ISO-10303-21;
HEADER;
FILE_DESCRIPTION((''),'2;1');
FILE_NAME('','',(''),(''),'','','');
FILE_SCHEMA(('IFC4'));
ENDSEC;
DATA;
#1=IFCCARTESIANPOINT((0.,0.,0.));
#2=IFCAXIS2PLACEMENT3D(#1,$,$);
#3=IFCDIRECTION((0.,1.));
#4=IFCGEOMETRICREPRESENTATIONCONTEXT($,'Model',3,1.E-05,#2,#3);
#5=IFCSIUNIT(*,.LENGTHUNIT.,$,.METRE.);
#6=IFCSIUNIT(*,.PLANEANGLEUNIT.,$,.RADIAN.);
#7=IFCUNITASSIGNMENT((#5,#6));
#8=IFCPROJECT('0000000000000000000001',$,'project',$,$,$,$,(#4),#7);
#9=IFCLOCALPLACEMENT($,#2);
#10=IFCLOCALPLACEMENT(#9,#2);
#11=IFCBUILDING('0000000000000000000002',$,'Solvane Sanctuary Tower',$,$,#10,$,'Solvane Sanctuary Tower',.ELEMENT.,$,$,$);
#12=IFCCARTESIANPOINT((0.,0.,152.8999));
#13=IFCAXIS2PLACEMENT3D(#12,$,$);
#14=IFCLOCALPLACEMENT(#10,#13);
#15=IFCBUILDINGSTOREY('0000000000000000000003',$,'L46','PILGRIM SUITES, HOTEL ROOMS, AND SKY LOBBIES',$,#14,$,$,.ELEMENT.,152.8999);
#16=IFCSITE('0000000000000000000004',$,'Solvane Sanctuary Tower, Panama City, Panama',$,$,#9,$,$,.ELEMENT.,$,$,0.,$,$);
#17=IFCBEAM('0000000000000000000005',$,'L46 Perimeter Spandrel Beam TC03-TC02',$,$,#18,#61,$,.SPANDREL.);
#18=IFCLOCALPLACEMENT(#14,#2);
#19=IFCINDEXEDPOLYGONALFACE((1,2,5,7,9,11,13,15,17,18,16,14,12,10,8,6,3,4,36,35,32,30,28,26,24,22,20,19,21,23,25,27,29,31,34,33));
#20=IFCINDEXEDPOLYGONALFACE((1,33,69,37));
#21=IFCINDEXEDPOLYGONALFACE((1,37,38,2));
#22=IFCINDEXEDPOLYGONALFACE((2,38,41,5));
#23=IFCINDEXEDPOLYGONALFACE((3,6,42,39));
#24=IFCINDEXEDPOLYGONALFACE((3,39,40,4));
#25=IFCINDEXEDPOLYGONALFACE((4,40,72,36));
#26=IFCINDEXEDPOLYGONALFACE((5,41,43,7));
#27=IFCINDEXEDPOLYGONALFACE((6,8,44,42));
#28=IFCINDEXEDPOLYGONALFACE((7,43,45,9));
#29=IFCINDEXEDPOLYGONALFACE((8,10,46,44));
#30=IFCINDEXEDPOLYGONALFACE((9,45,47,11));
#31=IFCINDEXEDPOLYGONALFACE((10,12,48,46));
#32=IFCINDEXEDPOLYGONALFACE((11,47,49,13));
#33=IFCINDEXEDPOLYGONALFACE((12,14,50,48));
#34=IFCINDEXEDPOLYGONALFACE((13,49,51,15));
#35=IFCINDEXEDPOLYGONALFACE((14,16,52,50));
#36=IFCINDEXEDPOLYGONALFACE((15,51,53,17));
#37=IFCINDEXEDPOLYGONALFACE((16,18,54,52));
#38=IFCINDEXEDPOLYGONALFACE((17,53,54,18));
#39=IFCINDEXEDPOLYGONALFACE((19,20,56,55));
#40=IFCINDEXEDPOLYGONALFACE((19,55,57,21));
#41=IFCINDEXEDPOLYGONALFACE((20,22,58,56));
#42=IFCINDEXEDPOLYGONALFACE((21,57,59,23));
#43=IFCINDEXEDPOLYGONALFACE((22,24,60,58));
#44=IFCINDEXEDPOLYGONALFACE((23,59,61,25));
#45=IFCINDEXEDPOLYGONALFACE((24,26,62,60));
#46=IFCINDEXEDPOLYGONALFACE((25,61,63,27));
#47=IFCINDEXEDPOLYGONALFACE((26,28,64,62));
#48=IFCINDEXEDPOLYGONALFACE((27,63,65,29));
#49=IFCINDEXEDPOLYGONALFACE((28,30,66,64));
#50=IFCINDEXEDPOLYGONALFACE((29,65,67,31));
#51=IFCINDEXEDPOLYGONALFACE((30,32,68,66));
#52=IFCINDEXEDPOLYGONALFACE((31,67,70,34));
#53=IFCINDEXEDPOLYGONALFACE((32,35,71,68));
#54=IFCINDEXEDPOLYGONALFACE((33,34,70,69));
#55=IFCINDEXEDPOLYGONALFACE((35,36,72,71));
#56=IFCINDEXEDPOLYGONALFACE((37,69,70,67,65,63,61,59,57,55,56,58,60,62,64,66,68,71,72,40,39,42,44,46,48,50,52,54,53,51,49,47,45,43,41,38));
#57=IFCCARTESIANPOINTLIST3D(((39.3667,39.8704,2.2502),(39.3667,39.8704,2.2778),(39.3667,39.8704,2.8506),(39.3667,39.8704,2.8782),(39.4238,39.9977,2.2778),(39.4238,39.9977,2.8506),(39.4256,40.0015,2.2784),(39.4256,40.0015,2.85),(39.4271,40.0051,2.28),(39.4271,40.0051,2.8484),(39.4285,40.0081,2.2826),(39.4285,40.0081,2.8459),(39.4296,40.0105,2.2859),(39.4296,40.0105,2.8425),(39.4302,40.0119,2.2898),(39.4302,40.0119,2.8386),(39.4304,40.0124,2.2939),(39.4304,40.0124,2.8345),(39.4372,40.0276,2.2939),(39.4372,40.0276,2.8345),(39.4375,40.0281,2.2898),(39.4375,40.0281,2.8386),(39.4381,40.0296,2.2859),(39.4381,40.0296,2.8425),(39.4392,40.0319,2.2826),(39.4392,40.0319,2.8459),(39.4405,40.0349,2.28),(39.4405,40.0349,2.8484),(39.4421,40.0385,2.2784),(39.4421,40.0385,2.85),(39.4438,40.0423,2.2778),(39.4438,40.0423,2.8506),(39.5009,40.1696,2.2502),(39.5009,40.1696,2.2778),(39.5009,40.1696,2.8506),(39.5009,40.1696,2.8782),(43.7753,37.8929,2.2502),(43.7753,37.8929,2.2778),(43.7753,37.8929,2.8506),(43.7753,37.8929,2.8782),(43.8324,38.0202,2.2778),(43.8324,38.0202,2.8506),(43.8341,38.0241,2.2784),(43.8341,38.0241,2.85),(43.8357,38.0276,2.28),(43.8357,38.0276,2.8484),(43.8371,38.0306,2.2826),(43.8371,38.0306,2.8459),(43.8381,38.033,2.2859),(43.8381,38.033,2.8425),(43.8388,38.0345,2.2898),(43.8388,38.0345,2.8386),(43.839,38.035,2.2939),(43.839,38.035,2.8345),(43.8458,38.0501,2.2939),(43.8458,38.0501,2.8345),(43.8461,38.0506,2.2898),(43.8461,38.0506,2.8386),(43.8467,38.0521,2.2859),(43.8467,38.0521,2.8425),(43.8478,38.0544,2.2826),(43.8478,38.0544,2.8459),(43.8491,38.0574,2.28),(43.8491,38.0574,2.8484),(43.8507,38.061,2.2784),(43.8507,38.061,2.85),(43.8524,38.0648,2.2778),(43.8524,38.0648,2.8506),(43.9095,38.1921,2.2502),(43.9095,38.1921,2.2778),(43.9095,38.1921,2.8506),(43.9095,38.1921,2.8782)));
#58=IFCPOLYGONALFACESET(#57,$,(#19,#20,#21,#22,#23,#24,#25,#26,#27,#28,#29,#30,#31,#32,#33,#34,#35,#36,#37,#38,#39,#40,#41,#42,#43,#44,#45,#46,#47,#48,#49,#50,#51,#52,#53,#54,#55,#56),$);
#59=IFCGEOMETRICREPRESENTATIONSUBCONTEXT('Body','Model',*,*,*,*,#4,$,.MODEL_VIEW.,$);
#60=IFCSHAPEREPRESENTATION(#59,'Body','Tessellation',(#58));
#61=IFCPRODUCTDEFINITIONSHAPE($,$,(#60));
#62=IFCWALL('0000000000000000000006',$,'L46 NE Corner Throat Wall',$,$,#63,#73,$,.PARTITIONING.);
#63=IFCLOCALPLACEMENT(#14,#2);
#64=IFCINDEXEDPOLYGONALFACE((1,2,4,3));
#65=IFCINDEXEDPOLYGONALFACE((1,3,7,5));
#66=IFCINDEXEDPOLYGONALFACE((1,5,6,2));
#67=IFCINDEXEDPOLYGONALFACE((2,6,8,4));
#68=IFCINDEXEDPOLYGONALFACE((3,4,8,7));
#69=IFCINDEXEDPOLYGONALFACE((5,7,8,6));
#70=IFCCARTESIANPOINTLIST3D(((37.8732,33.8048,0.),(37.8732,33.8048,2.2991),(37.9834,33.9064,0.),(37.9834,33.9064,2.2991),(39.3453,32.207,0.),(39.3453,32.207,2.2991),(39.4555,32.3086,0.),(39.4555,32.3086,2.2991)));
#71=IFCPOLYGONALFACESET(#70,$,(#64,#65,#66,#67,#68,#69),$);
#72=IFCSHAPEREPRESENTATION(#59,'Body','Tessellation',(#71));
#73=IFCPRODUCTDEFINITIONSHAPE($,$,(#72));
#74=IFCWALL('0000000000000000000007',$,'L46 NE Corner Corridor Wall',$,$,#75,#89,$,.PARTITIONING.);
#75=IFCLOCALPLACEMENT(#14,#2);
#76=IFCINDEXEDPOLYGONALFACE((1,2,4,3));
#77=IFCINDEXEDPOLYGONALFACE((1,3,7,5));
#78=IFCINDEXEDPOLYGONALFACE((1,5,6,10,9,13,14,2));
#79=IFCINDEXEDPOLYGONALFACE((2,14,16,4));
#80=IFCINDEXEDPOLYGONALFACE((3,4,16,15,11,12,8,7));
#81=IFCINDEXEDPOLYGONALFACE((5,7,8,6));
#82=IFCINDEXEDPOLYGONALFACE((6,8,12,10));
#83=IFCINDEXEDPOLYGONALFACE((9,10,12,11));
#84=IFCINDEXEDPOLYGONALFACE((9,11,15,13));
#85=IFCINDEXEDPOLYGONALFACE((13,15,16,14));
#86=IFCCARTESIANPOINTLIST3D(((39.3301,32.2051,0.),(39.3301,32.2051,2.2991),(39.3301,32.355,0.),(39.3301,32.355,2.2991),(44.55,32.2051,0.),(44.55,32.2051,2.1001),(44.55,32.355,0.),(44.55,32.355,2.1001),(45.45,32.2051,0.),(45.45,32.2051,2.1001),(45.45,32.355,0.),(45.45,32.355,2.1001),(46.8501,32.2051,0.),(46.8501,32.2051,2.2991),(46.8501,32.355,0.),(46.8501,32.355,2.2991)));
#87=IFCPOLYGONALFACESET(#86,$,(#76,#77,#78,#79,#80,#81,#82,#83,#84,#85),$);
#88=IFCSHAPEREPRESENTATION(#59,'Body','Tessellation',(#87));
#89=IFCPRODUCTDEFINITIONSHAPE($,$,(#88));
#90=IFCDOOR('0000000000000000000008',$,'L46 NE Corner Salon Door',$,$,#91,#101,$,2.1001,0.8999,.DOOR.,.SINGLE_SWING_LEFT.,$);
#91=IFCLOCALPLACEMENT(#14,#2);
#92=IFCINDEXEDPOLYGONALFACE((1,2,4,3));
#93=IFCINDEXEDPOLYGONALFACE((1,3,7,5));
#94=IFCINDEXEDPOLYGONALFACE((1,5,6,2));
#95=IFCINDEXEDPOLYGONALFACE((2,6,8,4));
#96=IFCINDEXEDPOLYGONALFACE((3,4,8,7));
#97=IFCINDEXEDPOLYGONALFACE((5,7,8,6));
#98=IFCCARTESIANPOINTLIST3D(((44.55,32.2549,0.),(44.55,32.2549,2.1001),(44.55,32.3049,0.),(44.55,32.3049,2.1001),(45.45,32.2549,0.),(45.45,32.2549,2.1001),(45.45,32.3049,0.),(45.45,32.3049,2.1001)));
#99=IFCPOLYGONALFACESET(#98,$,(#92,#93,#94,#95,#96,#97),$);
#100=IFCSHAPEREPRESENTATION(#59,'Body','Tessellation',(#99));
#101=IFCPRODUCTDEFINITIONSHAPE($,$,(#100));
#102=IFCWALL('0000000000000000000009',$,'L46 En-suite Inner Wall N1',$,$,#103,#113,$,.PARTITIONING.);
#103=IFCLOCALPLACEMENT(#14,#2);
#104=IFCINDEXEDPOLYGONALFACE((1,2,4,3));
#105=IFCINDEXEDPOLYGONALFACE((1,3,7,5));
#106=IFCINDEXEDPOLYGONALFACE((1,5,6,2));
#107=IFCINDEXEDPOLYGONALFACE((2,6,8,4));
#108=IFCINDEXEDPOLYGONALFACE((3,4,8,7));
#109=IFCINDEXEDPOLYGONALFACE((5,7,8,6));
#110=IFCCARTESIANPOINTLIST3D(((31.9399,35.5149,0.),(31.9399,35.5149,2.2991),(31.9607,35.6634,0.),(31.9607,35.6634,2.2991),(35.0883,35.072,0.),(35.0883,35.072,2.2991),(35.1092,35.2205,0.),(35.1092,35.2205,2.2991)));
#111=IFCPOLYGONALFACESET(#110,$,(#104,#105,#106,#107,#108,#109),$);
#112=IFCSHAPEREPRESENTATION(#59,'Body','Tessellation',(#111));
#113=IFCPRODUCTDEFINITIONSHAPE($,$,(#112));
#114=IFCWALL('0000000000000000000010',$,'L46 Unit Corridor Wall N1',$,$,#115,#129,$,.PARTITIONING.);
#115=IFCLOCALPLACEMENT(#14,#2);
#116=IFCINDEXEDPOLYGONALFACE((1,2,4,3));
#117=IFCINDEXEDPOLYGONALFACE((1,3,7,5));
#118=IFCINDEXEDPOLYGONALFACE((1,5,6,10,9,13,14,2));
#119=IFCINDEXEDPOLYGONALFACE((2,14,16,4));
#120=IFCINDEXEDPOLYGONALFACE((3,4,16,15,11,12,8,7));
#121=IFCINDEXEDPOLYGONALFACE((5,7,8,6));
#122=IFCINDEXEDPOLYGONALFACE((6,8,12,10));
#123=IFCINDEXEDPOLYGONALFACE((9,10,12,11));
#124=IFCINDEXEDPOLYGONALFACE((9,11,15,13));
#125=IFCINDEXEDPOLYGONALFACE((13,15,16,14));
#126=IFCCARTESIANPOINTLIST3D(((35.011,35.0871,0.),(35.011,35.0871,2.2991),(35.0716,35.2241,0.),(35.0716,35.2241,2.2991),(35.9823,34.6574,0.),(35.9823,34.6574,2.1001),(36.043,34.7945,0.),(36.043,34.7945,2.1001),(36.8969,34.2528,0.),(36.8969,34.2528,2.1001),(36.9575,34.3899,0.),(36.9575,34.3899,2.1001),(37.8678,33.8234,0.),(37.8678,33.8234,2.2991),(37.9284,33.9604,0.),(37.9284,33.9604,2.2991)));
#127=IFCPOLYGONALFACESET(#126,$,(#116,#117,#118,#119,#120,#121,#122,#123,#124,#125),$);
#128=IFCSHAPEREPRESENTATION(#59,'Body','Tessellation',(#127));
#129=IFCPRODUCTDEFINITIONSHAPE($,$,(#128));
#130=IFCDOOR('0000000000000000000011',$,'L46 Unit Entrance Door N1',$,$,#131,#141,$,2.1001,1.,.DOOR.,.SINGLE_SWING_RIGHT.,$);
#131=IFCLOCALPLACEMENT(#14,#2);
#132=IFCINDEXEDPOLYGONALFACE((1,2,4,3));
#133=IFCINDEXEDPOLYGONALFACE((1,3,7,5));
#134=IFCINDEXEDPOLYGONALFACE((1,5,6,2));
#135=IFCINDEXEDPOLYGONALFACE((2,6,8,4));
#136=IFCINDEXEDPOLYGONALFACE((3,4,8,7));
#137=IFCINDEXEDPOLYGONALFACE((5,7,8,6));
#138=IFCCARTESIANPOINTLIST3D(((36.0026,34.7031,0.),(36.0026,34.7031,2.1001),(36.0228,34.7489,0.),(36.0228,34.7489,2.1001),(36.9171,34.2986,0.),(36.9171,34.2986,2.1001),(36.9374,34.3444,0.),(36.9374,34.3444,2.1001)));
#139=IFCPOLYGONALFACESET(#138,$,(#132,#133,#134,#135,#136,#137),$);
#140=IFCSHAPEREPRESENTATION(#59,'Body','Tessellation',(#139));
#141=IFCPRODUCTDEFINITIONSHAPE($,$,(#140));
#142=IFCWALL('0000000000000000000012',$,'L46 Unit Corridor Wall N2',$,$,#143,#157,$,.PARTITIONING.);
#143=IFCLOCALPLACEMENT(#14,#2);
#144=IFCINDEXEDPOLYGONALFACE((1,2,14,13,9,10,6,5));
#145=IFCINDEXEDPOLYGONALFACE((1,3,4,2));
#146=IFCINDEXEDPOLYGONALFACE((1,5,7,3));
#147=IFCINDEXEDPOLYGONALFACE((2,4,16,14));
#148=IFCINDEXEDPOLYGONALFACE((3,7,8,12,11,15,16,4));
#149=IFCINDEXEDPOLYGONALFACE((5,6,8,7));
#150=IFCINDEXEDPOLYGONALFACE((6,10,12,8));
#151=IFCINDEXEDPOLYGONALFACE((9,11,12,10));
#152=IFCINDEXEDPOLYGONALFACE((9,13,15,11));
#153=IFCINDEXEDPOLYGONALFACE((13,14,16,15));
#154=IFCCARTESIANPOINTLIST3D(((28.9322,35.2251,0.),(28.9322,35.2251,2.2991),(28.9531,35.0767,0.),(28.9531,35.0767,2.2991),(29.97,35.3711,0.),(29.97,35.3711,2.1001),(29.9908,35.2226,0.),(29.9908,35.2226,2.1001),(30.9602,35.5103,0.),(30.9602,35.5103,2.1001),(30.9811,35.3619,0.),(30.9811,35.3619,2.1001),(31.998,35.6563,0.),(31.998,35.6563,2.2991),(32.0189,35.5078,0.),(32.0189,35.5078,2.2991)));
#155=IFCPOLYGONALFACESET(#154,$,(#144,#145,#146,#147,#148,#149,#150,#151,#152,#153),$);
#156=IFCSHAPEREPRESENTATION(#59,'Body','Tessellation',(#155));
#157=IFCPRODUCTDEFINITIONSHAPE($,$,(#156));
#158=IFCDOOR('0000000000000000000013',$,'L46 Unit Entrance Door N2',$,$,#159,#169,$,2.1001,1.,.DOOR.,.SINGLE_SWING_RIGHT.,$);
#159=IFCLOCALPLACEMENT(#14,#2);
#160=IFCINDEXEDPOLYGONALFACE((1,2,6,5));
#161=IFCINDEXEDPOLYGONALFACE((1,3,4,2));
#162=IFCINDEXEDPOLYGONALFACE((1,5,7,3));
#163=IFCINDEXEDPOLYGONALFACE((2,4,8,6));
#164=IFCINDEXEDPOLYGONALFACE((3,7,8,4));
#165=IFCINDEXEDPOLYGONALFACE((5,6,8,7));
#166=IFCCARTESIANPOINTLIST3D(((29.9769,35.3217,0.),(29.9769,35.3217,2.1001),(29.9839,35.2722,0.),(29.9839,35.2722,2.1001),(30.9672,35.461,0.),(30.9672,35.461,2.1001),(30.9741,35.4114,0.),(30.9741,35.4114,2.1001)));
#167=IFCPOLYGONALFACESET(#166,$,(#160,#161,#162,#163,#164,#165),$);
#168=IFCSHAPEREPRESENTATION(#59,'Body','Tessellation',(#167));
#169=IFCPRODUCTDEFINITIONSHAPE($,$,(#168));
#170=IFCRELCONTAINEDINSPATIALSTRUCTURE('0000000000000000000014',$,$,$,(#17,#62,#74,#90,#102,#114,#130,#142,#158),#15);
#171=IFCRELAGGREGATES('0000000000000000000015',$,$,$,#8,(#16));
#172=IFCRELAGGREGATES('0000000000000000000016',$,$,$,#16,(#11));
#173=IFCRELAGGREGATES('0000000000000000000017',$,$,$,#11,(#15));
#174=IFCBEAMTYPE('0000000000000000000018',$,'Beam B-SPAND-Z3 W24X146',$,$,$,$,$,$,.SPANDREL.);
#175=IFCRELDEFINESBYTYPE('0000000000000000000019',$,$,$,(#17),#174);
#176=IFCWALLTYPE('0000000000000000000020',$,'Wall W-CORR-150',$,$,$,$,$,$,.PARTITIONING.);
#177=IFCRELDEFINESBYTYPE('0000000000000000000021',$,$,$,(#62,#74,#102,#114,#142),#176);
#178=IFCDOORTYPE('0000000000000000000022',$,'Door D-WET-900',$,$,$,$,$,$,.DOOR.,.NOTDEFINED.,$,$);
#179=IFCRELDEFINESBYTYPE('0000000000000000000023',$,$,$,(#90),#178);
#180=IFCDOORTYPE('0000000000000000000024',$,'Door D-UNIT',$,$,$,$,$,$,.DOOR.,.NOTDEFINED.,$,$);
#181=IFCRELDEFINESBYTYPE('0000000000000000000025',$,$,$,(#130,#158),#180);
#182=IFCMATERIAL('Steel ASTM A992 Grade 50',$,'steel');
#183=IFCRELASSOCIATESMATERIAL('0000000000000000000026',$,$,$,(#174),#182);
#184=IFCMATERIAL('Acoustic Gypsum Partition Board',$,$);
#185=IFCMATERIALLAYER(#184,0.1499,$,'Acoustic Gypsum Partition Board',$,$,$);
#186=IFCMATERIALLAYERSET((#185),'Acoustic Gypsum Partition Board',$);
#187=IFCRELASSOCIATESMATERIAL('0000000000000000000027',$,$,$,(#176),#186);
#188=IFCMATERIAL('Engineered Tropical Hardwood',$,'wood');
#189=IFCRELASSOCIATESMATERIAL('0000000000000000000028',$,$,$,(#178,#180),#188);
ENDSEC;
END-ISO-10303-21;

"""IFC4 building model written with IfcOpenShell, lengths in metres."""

from ifc_helpers import new_model, si_unit, direction, frame, frame_2d, origin, origin_2d, place, context, subcontext, project, spatial, rectangle, i_section, extrude, material, layer, layer_set, material_profile, profile_set, type_object, element, fill, save


model = new_model("IFC4")

# Units and contexts
model_context = context("Model", 3, precision=1e-05, world=origin(), true_north=direction((0.0, 1.0)))
body_context = subcontext(model_context, "Body", "Model", "MODEL_VIEW")
ifc_project = project(units=[si_unit("LENGTHUNIT", "METRE"), si_unit("PLANEANGLEUNIT", "RADIAN")], contexts=[model_context])

# Site, building, storey
site_placement = place(None, origin())
site = spatial("IfcSite", under=ifc_project, at=site_placement, Name="Solvane Sanctuary Tower, Panama City, Panama", CompositionType="ELEMENT", RefElevation=0.0)
building_placement = place(site_placement, origin())
building = spatial("IfcBuilding", under=site, at=building_placement, Name="Solvane Sanctuary Tower", LongName="Solvane Sanctuary Tower", CompositionType="ELEMENT")
storey_placement = place(building_placement, frame((0.0, 0.0, 152.8999)))
storey = spatial("IfcBuildingStorey", under=building, at=storey_placement, Name="L46", Description="PILGRIM SUITES, HOTEL ROOMS, AND SKY LOBBIES", CompositionType="ELEMENT", Elevation=152.8999)

# Beam
ifc_material_1 = material(Name="Steel ASTM A992 Grade 50", Category="steel")
ifc_material_profile_1 = material_profile(ifc_material_1, i_section(OverallWidth=0.3279, OverallDepth=0.6279, WebThickness=0.0166, FlangeThickness=0.0276, FilletRadius=0.0161, at=origin_2d()), Name="W24X146")
ifc_profile_set_1 = profile_set([ifc_material_profile_1], Name="Steel ASTM A992 Grade 50")
beam_type_1 = type_object("IfcBeamType", Name="Beam B-SPAND-Z3 W24X146", PredefinedType="SPANDREL", material=ifc_profile_set_1)
beam_1_placement = place(storey_placement, frame((39.4338, 40.02, 2.5642), z_axis=(0.912414, -0.409268, 0.0), x_axis=(0.409268, 0.912414, 0.0)))
element("IfcBeam", 1, at=beam_1_placement, inside=storey, type_object=beam_type_1, Name="L46 Perimeter Spandrel Beam TC03-TC02", PredefinedType="SPANDREL", context=body_context, shape_type="SweptSolid", body=[
    extrude(i_section(OverallWidth=0.3279, OverallDepth=0.6279, WebThickness=0.0166, FlangeThickness=0.0276, FilletRadius=0.0161, at=origin_2d()), origin(), (0.0, 0.0, 1.0), 4.8318),
])

# Wall
ifc_material_2 = material(Name="Acoustic Gypsum Partition Board")
ifc_layer_1 = layer(ifc_material_2, 0.1499, Name="Acoustic Gypsum Partition Board")
ifc_layer_set_1 = layer_set([ifc_layer_1], Name="Acoustic Gypsum Partition Board")
wall_type_1 = type_object("IfcWallType", Name="Wall W-CORR-150", PredefinedType="PARTITIONING", material=ifc_layer_set_1)
wall_1_placement = place(storey_placement, frame((37.9282, 33.8557, 0.0), z_axis=(0.0, 0.0, 1.0), x_axis=(0.67758, -0.735449, 0.0)))
element("IfcWall", 2, at=wall_1_placement, inside=storey, type_object=wall_type_1, Name="L46 NE Corner Throat Wall", PredefinedType="PARTITIONING", context=body_context, shape_type="SweptSolid", body=[
    extrude(rectangle(XDim=2.1726, YDim=0.1499, at=frame_2d((1.0864, 0.0))), origin(), (0.0, 0.0, 1.0), 2.2991),
])

# Wall, opening, door
wall_2_placement = place(storey_placement, frame((39.3301, 32.28, 0.0), z_axis=(0.0, 0.0, 1.0), x_axis=(1.0, 0.0, 0.0)))
wall_2 = element("IfcWall", 3, at=wall_2_placement, inside=storey, type_object=wall_type_1, Name="L46 NE Corner Corridor Wall", PredefinedType="PARTITIONING", context=body_context, shape_type="SweptSolid", body=[
    extrude(rectangle(XDim=7.52, YDim=0.1499, at=frame_2d((3.76, 0.0))), origin(), (0.0, 0.0, 1.0), 2.2991),
])
opening_1_placement = place(wall_2_placement, frame((5.22, 0.0, 0.0)))
opening_1 = element("IfcOpeningElement", 4, at=opening_1_placement, cuts=wall_2, PredefinedType="OPENING", context=body_context, shape_type="SweptSolid", body=[
    extrude(rectangle(XDim=0.8999, YDim=2.1001, at=frame_2d((0.45, 1.05))), frame((0.0, 0.085, 0.0), z_axis=(0.0, -1.0, 0.0), x_axis=(1.0, 0.0, 0.0)), (0.0, 0.0, 1.0), 0.1699),
])
ifc_material_3 = material(Name="Engineered Tropical Hardwood", Category="wood")
door_type_1 = type_object("IfcDoorType", Name="Door D-WET-900", OperationType="NOTDEFINED", PredefinedType="DOOR", material=ifc_material_3)
door_1_placement = place(opening_1_placement, origin())
door_1 = element("IfcDoor", 5, at=door_1_placement, inside=storey, type_object=door_type_1, Name="L46 NE Corner Salon Door", OperationType="SINGLE_SWING_LEFT", OverallHeight=2.1001, OverallWidth=0.8999, PredefinedType="DOOR", context=body_context, shape_type="SweptSolid", body=[
    extrude(rectangle(XDim=0.8999, YDim=2.1001, at=frame_2d((0.45, 1.05))), frame((0.0, 0.0249, 0.0), z_axis=(0.0, -1.0, 0.0), x_axis=(1.0, 0.0, 0.0)), (0.0, 0.0, 1.0), 0.05),
])
fill(opening_1, door_1)

# Wall
wall_3_placement = place(storey_placement, frame((35.0989, 35.1462, 0.0), z_axis=(0.0, 0.0, 1.0), x_axis=(-0.990251, 0.139292, 0.0)))
element("IfcWall", 6, at=wall_3_placement, inside=storey, type_object=wall_type_1, Name="L46 En-suite Inner Wall N1", PredefinedType="PARTITIONING", context=body_context, shape_type="SweptSolid", body=[
    extrude(rectangle(XDim=3.1794, YDim=0.1499, at=frame_2d((1.5898, 0.0))), origin(), (0.0, 0.0, 1.0), 2.2991),
])

# Walls, openings, doors
wall_4_placement = place(storey_placement, frame((37.8982, 33.8918, 0.0), z_axis=(0.0, 0.0, 1.0), x_axis=(-0.914519, 0.404542, 0.0)))
wall_4 = element("IfcWall", 7, at=wall_4_placement, inside=storey, type_object=wall_type_1, Name="L46 Unit Corridor Wall N1", PredefinedType="PARTITIONING", context=body_context, shape_type="SweptSolid", body=[
    extrude(rectangle(XDim=3.1238, YDim=0.1499, at=frame_2d((1.562, 0.0))), origin(), (0.0, 0.0, 1.0), 2.2991),
])
opening_2_placement = place(wall_4_placement, frame((1.0618, 0.0, 0.0)))
opening_2 = element("IfcOpeningElement", 8, at=opening_2_placement, cuts=wall_4, PredefinedType="OPENING", context=body_context, shape_type="SweptSolid", body=[
    extrude(rectangle(XDim=1.0, YDim=2.1001, at=frame_2d((0.5, 1.05))), frame((0.0, 0.085, 0.0), z_axis=(0.0, -1.0, 0.0), x_axis=(1.0, 0.0, 0.0)), (0.0, 0.0, 1.0), 0.1699),
])
door_type_2 = type_object("IfcDoorType", Name="Door D-UNIT", OperationType="NOTDEFINED", PredefinedType="DOOR", material=ifc_material_3)
door_2_placement = place(opening_2_placement, origin())
door_2 = element("IfcDoor", 9, at=door_2_placement, inside=storey, type_object=door_type_2, Name="L46 Unit Entrance Door N1", OperationType="SINGLE_SWING_RIGHT", OverallHeight=2.1001, OverallWidth=1.0, PredefinedType="DOOR", context=body_context, shape_type="SweptSolid", body=[
    extrude(rectangle(XDim=1.0, YDim=2.1001, at=frame_2d((0.5, 1.05))), frame((0.0, 0.0249, 0.0), z_axis=(0.0, -1.0, 0.0), x_axis=(1.0, 0.0, 0.0)), (0.0, 0.0, 1.0), 0.05),
])
fill(opening_2, door_2)
wall_5_placement = place(storey_placement, frame((32.0083, 35.582, 0.0), z_axis=(0.0, 0.0, 1.0), x_axis=(-0.990255, -0.139268, 0.0)))
wall_5 = element("IfcWall", 10, at=wall_5_placement, inside=storey, type_object=wall_type_1, Name="L46 Unit Corridor Wall N2", PredefinedType="PARTITIONING", context=body_context, shape_type="SweptSolid", body=[
    extrude(rectangle(XDim=3.0959, YDim=0.1499, at=frame_2d((1.5479, 0.0))), origin(), (0.0, 0.0, 1.0), 2.2991),
])
opening_3_placement = place(wall_5_placement, frame((1.0479, 0.0, 0.0)))
opening_3 = element("IfcOpeningElement", 11, at=opening_3_placement, cuts=wall_5, PredefinedType="OPENING", context=body_context, shape_type="SweptSolid", body=[
    extrude(rectangle(XDim=1.0, YDim=2.1001, at=frame_2d((0.5, 1.05))), frame((0.0, 0.085, 0.0), z_axis=(0.0, -1.0, 0.0), x_axis=(1.0, 0.0, 0.0)), (0.0, 0.0, 1.0), 0.1699),
])
door_3_placement = place(opening_3_placement, origin())
door_3 = element("IfcDoor", 12, at=door_3_placement, inside=storey, type_object=door_type_2, Name="L46 Unit Entrance Door N2", OperationType="SINGLE_SWING_RIGHT", OverallHeight=2.1001, OverallWidth=1.0, PredefinedType="DOOR", context=body_context, shape_type="SweptSolid", body=[
    extrude(rectangle(XDim=1.0, YDim=2.1001, at=frame_2d((0.5, 1.05))), frame((0.0, 0.0249, 0.0), z_axis=(0.0, -1.0, 0.0), x_axis=(1.0, 0.0, 0.0)), (0.0, 0.0, 1.0), 0.05),
])
fill(opening_3, door_3)

save(model, "model.ifc")
